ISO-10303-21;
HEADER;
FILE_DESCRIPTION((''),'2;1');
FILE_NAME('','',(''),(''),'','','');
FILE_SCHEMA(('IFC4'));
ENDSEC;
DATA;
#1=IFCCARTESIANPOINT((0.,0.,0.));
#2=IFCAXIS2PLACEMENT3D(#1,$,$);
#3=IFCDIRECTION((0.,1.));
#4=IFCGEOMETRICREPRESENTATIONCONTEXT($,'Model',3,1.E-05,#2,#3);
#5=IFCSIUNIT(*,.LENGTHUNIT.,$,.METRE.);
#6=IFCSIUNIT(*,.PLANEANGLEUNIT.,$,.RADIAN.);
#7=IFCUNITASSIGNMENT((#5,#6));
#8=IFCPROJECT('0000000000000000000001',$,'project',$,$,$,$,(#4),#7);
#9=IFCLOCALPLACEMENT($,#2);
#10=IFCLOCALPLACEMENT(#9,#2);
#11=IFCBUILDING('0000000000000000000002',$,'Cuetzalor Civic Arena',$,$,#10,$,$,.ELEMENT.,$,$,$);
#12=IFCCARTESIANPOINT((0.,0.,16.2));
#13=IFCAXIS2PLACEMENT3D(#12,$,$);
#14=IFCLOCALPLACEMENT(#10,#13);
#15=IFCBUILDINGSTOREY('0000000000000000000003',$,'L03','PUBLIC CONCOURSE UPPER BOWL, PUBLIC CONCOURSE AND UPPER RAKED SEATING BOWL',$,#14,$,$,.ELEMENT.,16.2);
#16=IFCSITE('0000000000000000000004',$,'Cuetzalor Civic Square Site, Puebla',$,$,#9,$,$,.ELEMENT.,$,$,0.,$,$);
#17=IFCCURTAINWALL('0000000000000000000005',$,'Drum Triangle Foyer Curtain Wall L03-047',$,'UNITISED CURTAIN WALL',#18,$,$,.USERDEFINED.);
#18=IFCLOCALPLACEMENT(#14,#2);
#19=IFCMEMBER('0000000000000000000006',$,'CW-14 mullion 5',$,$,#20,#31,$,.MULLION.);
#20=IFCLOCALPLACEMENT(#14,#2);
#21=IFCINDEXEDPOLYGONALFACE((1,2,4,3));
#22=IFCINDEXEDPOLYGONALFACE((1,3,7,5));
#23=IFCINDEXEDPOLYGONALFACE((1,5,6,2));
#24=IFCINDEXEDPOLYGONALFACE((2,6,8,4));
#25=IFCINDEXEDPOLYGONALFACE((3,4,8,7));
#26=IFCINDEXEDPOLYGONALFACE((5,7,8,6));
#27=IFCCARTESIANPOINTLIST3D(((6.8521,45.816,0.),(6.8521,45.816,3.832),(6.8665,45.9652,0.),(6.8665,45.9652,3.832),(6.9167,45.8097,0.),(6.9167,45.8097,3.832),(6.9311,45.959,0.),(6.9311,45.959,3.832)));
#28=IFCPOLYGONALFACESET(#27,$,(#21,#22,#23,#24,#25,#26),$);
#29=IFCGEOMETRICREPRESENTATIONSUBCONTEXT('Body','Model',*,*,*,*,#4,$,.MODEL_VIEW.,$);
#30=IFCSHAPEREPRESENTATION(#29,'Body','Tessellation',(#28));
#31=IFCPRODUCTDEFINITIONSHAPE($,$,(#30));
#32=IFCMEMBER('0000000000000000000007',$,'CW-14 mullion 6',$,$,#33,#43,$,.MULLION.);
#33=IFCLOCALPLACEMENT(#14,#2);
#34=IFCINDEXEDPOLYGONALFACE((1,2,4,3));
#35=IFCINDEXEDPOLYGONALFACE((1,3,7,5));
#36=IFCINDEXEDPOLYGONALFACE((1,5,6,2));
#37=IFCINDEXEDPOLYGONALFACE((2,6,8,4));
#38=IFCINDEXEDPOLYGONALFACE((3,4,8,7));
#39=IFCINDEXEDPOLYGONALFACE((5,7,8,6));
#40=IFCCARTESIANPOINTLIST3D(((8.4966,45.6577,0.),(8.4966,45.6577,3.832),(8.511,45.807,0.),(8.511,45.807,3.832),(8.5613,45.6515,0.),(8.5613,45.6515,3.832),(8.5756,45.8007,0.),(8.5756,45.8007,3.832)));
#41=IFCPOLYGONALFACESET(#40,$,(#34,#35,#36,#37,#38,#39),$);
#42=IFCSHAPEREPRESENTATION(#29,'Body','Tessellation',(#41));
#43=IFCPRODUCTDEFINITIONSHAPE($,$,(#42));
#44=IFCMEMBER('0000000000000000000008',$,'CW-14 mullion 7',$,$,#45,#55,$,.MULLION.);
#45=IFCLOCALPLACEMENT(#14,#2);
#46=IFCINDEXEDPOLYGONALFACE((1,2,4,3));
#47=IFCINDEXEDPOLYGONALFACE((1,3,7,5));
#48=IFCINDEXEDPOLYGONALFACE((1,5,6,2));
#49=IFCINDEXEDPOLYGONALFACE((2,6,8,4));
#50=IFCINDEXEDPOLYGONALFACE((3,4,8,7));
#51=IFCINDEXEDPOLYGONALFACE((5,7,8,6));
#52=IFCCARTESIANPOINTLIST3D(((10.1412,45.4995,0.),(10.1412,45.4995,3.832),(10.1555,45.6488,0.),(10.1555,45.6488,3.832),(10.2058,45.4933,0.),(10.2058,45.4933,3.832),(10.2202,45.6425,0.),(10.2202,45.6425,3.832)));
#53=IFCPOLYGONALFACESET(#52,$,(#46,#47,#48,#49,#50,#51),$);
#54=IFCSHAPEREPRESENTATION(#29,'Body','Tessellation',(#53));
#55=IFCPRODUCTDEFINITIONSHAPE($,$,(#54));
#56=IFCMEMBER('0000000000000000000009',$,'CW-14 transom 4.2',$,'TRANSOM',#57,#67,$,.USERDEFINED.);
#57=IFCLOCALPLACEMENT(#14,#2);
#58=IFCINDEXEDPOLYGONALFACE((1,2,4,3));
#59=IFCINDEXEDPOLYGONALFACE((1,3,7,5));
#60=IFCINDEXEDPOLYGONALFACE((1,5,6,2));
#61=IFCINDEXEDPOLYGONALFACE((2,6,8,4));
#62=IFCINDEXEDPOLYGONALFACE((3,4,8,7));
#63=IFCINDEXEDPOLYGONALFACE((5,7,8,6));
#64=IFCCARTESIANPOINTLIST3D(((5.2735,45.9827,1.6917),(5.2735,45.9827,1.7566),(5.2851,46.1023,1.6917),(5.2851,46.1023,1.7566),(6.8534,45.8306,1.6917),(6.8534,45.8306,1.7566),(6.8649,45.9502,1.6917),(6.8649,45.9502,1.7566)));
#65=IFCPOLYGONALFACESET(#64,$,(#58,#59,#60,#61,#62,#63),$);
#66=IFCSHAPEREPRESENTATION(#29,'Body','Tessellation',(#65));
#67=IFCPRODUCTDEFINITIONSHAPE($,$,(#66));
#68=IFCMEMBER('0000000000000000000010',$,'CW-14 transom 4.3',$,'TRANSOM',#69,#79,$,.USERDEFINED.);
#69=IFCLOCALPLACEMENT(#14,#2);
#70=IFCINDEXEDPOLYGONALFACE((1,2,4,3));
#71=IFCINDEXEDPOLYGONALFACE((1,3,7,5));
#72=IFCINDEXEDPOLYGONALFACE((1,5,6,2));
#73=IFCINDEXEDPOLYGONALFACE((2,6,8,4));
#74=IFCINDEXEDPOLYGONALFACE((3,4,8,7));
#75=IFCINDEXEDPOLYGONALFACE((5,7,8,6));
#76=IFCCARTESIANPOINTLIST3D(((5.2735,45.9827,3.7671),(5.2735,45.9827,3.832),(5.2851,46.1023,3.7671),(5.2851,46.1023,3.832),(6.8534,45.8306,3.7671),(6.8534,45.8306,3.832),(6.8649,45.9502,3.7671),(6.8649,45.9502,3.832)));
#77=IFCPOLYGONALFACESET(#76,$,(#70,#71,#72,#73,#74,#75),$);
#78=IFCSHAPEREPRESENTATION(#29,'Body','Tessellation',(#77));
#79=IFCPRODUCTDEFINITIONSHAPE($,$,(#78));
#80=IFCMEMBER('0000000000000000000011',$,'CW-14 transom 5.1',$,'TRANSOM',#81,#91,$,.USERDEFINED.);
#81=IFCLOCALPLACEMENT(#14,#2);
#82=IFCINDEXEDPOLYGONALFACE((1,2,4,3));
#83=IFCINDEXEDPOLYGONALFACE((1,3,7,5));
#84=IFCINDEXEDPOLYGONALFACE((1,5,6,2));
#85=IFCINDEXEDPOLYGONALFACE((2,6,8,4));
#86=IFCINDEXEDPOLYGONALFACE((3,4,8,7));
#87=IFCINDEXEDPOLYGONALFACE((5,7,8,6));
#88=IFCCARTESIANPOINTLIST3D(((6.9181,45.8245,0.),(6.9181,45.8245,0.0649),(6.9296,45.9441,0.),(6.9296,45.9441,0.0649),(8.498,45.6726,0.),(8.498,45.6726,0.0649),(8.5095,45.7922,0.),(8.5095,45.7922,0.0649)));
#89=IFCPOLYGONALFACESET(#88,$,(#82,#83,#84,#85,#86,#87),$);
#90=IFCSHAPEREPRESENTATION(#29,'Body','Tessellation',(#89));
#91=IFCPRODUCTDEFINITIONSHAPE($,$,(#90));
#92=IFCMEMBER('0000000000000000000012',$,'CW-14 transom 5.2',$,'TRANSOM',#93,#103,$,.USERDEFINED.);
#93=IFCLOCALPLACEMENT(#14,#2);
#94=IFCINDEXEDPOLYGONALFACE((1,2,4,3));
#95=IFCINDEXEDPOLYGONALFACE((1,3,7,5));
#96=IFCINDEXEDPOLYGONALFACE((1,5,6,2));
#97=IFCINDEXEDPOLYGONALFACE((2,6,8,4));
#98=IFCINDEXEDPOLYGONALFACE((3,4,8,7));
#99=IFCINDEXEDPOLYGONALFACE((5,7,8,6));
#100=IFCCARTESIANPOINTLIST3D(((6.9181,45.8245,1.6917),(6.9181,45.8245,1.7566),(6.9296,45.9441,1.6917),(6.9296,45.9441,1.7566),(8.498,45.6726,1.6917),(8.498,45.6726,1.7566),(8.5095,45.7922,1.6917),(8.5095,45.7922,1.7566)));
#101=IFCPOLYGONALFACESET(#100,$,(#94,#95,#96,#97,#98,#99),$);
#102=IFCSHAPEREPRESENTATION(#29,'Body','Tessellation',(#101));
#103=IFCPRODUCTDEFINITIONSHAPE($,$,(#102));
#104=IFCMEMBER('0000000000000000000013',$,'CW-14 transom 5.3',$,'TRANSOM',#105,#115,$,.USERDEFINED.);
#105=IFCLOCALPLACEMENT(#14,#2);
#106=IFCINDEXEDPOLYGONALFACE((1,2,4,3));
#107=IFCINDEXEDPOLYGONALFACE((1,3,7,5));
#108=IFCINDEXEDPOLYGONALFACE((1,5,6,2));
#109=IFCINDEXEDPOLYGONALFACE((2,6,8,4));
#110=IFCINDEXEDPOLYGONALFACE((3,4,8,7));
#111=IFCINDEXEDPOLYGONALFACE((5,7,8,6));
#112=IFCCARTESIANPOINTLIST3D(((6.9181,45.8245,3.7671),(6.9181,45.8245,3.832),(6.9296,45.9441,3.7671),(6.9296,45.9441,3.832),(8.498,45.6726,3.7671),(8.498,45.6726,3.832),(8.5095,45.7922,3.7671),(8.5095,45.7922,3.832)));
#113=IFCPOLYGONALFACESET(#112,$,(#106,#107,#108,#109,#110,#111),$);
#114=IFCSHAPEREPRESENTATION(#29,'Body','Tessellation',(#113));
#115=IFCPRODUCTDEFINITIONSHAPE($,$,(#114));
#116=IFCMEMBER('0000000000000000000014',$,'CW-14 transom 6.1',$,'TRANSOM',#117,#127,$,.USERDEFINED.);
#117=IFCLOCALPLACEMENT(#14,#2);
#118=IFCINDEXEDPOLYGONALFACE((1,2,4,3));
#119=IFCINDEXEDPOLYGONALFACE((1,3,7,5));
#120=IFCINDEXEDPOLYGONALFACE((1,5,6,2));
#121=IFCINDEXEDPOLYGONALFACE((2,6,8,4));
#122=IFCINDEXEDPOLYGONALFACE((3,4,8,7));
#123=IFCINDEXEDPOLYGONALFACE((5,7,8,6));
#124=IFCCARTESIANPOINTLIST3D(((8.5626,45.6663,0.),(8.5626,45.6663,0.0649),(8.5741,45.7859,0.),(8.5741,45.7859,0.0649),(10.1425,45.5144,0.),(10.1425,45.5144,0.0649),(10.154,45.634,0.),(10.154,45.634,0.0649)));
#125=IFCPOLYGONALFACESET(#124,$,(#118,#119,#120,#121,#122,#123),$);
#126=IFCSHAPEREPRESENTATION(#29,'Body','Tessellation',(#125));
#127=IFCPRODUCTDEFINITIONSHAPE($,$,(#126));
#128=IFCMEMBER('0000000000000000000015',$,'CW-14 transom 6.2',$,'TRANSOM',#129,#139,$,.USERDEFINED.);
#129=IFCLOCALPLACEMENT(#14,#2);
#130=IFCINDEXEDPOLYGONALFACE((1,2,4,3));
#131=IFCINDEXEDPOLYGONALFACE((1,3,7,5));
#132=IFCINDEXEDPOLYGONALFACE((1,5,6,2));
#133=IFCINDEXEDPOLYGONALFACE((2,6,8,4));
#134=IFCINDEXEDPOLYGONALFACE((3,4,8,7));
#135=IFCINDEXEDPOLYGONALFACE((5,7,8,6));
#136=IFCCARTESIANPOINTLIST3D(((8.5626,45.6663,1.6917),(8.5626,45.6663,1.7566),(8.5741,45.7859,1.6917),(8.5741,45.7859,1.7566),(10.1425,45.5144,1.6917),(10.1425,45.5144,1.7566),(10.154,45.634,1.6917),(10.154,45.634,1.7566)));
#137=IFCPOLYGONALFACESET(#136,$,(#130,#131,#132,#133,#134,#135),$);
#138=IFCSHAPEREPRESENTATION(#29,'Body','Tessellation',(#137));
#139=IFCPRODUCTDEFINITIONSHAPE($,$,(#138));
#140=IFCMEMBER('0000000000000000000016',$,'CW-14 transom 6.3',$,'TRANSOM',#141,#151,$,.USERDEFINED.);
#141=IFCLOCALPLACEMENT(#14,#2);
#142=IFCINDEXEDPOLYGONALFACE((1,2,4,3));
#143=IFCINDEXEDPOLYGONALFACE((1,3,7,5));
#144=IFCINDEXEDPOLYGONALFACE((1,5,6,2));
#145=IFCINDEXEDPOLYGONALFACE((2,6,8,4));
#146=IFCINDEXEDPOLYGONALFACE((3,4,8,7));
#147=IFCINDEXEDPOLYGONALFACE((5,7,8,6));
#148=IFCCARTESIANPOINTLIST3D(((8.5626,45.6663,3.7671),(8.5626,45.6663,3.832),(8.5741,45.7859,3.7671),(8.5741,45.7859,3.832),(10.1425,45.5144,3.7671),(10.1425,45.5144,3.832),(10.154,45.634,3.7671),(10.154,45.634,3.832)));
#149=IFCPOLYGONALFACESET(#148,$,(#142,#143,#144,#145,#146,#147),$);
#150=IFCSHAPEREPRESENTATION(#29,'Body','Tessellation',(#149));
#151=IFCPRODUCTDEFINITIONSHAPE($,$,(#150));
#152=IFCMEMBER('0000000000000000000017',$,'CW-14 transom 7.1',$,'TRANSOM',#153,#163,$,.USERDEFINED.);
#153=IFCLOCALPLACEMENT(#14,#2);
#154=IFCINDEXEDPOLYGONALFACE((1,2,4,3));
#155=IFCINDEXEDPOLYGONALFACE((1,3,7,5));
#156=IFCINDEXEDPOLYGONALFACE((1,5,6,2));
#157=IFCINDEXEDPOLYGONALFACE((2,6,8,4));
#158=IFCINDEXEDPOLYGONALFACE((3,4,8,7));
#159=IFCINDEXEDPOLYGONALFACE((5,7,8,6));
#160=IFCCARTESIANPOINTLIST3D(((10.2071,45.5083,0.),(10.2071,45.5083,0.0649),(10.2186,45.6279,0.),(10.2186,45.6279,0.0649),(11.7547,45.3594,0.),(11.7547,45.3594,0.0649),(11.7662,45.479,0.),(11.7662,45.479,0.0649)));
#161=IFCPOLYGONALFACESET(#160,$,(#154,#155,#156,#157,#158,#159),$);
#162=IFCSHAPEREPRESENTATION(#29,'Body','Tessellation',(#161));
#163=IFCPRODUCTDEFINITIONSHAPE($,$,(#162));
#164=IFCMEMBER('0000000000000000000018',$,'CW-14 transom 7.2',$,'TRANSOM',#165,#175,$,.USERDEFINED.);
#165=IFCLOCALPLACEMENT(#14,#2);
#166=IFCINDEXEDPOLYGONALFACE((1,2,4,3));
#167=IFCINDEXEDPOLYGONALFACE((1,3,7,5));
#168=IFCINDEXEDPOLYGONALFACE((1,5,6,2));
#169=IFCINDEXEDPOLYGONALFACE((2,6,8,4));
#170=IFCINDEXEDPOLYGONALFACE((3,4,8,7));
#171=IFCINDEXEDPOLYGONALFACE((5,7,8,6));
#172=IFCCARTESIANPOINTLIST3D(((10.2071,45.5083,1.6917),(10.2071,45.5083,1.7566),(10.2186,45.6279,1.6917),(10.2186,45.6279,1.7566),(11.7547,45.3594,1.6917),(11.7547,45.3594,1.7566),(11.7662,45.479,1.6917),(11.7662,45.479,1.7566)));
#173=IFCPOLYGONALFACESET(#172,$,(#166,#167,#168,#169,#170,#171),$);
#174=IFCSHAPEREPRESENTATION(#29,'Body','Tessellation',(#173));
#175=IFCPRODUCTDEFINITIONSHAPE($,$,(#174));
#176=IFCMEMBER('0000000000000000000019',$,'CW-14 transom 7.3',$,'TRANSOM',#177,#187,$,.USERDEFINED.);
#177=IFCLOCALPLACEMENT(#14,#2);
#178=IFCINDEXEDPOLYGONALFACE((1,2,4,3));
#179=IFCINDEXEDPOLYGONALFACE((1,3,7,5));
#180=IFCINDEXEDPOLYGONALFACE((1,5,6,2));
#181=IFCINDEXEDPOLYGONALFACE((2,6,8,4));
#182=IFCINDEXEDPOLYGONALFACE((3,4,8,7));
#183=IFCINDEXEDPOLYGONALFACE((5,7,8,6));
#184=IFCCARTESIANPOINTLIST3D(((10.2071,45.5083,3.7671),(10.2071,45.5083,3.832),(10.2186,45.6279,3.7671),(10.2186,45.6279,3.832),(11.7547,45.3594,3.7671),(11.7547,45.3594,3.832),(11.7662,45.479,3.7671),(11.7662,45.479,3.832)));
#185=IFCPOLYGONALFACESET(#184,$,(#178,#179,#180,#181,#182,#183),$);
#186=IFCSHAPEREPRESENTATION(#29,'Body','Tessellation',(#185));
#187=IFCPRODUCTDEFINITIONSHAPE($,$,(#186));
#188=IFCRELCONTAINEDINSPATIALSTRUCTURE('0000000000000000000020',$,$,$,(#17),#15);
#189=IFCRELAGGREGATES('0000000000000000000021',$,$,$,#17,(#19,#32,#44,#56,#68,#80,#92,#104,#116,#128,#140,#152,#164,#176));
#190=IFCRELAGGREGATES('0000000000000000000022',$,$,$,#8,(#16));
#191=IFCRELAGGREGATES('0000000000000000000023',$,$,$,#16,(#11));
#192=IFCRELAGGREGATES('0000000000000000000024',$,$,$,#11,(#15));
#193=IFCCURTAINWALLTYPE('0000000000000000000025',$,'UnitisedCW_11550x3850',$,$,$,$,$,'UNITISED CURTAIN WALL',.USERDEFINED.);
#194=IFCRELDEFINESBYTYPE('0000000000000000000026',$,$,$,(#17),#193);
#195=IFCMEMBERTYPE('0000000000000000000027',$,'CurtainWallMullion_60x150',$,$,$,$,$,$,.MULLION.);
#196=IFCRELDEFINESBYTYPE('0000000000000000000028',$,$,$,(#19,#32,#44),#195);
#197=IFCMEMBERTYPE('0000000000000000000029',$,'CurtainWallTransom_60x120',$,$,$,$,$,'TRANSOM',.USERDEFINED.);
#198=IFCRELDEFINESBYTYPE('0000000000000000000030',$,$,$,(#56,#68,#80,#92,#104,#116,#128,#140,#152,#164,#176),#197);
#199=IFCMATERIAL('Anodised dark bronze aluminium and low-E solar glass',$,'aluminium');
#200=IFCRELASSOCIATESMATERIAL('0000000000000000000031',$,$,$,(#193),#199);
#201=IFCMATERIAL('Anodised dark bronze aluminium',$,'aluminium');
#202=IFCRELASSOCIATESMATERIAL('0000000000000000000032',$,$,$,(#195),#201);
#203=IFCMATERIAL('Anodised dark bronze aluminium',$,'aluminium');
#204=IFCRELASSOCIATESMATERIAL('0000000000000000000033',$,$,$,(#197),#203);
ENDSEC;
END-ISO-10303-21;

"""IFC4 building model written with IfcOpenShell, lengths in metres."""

from ifc_helpers import new_model, si_unit, direction, frame, origin, origin_2d, place, context, subcontext, project, spatial, rectangle, extrude, material, material_profile, profile_set, type_object, element, aggregate, save


model = new_model("IFC4")

# Units and contexts
model_context = context("Model", 3, precision=1e-05, world=origin(), true_north=direction((0.0, 1.0)))
body_context = subcontext(model_context, "Body", "Model", "MODEL_VIEW")
ifc_project = project(units=[si_unit("LENGTHUNIT", "METRE"), si_unit("PLANEANGLEUNIT", "RADIAN")], contexts=[model_context])

# Site, building, storey
site_placement = place(None, origin())
site = spatial("IfcSite", under=ifc_project, at=site_placement, Name="Cuetzalor Civic Square Site, Puebla", CompositionType="ELEMENT", RefElevation=0.0)
building_placement = place(site_placement, origin())
building = spatial("IfcBuilding", under=site, at=building_placement, Name="Cuetzalor Civic Arena", CompositionType="ELEMENT")
storey_placement = place(building_placement, frame((0.0, 0.0, 16.2)))
storey = spatial("IfcBuildingStorey", under=building, at=storey_placement, Name="L03", Description="PUBLIC CONCOURSE UPPER BOWL, PUBLIC CONCOURSE AND UPPER RAKED SEATING BOWL", CompositionType="ELEMENT", Elevation=16.2)

# Curtain wall, members
ifc_material_1 = material(Name="Anodised dark bronze aluminium and low-E solar glass", Category="aluminium")
curtain_wall_type = type_object("IfcCurtainWallType", Name="UnitisedCW_11550x3850", ElementType="UNITISED CURTAIN WALL", PredefinedType="USERDEFINED", material=ifc_material_1)
curtain_wall_placement = place(storey_placement, origin())
curtain_wall = element("IfcCurtainWall", 1, at=curtain_wall_placement, inside=storey, type_object=curtain_wall_type, Name="Drum Triangle Foyer Curtain Wall L03-047", ObjectType="UNITISED CURTAIN WALL", PredefinedType="USERDEFINED")
ifc_material_2 = material(Name="Anodised dark bronze aluminium", Category="aluminium")
ifc_material_profile_1 = material_profile(ifc_material_2, rectangle(XDim=0.0649, YDim=0.1499, at=origin_2d()), Name="ALU MULLION 65x150")
ifc_profile_set_1 = profile_set([ifc_material_profile_1], Name="Anodised dark bronze aluminium")
member_type_1 = type_object("IfcMemberType", Name="CurtainWallMullion_60x150", PredefinedType="MULLION", material=ifc_profile_set_1)
member_1_placement = place(storey_placement, frame((6.8916, 45.8875, 0.0), z_axis=(0.0, 0.0, 1.0), x_axis=(0.995409, -0.095711, 0.0)))
member_1 = element("IfcMember", 2, at=member_1_placement, type_object=member_type_1, Name="CW-14 mullion 5", PredefinedType="MULLION", context=body_context, shape_type="SweptSolid", body=[
    extrude(rectangle(XDim=0.0649, YDim=0.1499, at=origin_2d()), origin(), (0.0, 0.0, 1.0), 3.832),
])
member_2_placement = place(storey_placement, frame((8.5361, 45.7292, 0.0), z_axis=(0.0, 0.0, 1.0), x_axis=(0.995409, -0.095711, 0.0)))
member_2 = element("IfcMember", 3, at=member_2_placement, type_object=member_type_1, Name="CW-14 mullion 6", PredefinedType="MULLION", context=body_context, shape_type="SweptSolid", body=[
    extrude(rectangle(XDim=0.0649, YDim=0.1499, at=origin_2d()), origin(), (0.0, 0.0, 1.0), 3.832),
])
member_3_placement = place(storey_placement, frame((10.1807, 45.571, 0.0), z_axis=(0.0, 0.0, 1.0), x_axis=(0.995409, -0.095711, 0.0)))
member_3 = element("IfcMember", 4, at=member_3_placement, type_object=member_type_1, Name="CW-14 mullion 7", PredefinedType="MULLION", context=body_context, shape_type="SweptSolid", body=[
    extrude(rectangle(XDim=0.0649, YDim=0.1499, at=origin_2d()), origin(), (0.0, 0.0, 1.0), 3.832),
])
ifc_material_3 = material(Name="Anodised dark bronze aluminium", Category="aluminium")
ifc_material_profile_2 = material_profile(ifc_material_3, rectangle(XDim=0.1201, YDim=0.0649, at=origin_2d()), Name="ALU TRANSOM 65x120")
ifc_profile_set_2 = profile_set([ifc_material_profile_2], Name="Anodised dark bronze aluminium")
member_type_2 = type_object("IfcMemberType", Name="CurtainWallTransom_60x120", ElementType="TRANSOM", PredefinedType="USERDEFINED", material=ifc_profile_set_2)
member_4_placement = place(storey_placement, frame((5.2793, 46.0425, 1.7241), z_axis=(0.995397, -0.095833, 0.0), x_axis=(0.095833, 0.995397, 0.0)))
member_4 = element("IfcMember", 5, at=member_4_placement, type_object=member_type_2, Name="CW-14 transom 4.2", ObjectType="TRANSOM", PredefinedType="USERDEFINED", context=body_context, shape_type="SweptSolid", body=[
    extrude(rectangle(XDim=0.1201, YDim=0.0649, at=origin_2d()), origin(), (0.0, 0.0, 1.0), 1.5872),
])
member_5_placement = place(storey_placement, frame((5.2793, 46.0425, 3.7996), z_axis=(0.995397, -0.095833, 0.0), x_axis=(0.095833, 0.995397, 0.0)))
member_5 = element("IfcMember", 6, at=member_5_placement, type_object=member_type_2, Name="CW-14 transom 4.3", ObjectType="TRANSOM", PredefinedType="USERDEFINED", context=body_context, shape_type="SweptSolid", body=[
    extrude(rectangle(XDim=0.1201, YDim=0.0649, at=origin_2d()), origin(), (0.0, 0.0, 1.0), 1.5872),
])
member_6_placement = place(storey_placement, frame((6.9238, 45.8843, 0.0325), z_axis=(0.995412, -0.09568, 0.0), x_axis=(0.09568, 0.995412, 0.0)))
member_6 = element("IfcMember", 7, at=member_6_placement, type_object=member_type_2, Name="CW-14 transom 5.1", ObjectType="TRANSOM", PredefinedType="USERDEFINED", context=body_context, shape_type="SweptSolid", body=[
    extrude(rectangle(XDim=0.1201, YDim=0.0649, at=origin_2d()), origin(), (0.0, 0.0, 1.0), 1.5872),
])
member_7_placement = place(storey_placement, frame((6.9238, 45.8843, 1.7241), z_axis=(0.995412, -0.09568, 0.0), x_axis=(0.09568, 0.995412, 0.0)))
member_7 = element("IfcMember", 8, at=member_7_placement, type_object=member_type_2, Name="CW-14 transom 5.2", ObjectType="TRANSOM", PredefinedType="USERDEFINED", context=body_context, shape_type="SweptSolid", body=[
    extrude(rectangle(XDim=0.1201, YDim=0.0649, at=origin_2d()), origin(), (0.0, 0.0, 1.0), 1.5872),
])
member_8_placement = place(storey_placement, frame((6.9238, 45.8843, 3.7996), z_axis=(0.995412, -0.09568, 0.0), x_axis=(0.09568, 0.995412, 0.0)))
member_8 = element("IfcMember", 9, at=member_8_placement, type_object=member_type_2, Name="CW-14 transom 5.3", ObjectType="TRANSOM", PredefinedType="USERDEFINED", context=body_context, shape_type="SweptSolid", body=[
    extrude(rectangle(XDim=0.1201, YDim=0.0649, at=origin_2d()), origin(), (0.0, 0.0, 1.0), 1.5872),
])
member_9_placement = place(storey_placement, frame((8.5684, 45.7261, 0.0325), z_axis=(0.995412, -0.09568, 0.0), x_axis=(0.09568, 0.995412, 0.0)))
member_9 = element("IfcMember", 10, at=member_9_placement, type_object=member_type_2, Name="CW-14 transom 6.1", ObjectType="TRANSOM", PredefinedType="USERDEFINED", context=body_context, shape_type="SweptSolid", body=[
    extrude(rectangle(XDim=0.1201, YDim=0.0649, at=origin_2d()), origin(), (0.0, 0.0, 1.0), 1.5872),
])
member_10_placement = place(storey_placement, frame((8.5684, 45.7261, 1.7241), z_axis=(0.995412, -0.09568, 0.0), x_axis=(0.09568, 0.995412, 0.0)))
member_10 = element("IfcMember", 11, at=member_10_placement, type_object=member_type_2, Name="CW-14 transom 6.2", ObjectType="TRANSOM", PredefinedType="USERDEFINED", context=body_context, shape_type="SweptSolid", body=[
    extrude(rectangle(XDim=0.1201, YDim=0.0649, at=origin_2d()), origin(), (0.0, 0.0, 1.0), 1.5872),
])
member_11_placement = place(storey_placement, frame((8.5684, 45.7261, 3.7996), z_axis=(0.995412, -0.09568, 0.0), x_axis=(0.09568, 0.995412, 0.0)))
member_11 = element("IfcMember", 12, at=member_11_placement, type_object=member_type_2, Name="CW-14 transom 6.3", ObjectType="TRANSOM", PredefinedType="USERDEFINED", context=body_context, shape_type="SweptSolid", body=[
    extrude(rectangle(XDim=0.1201, YDim=0.0649, at=origin_2d()), origin(), (0.0, 0.0, 1.0), 1.5872),
])
member_12_placement = place(storey_placement, frame((10.2129, 45.5681, 0.0325), z_axis=(0.995402, -0.095787, 0.0), x_axis=(0.095787, 0.995402, 0.0)))
member_12 = element("IfcMember", 13, at=member_12_placement, type_object=member_type_2, Name="CW-14 transom 7.1", ObjectType="TRANSOM", PredefinedType="USERDEFINED", context=body_context, shape_type="SweptSolid", body=[
    extrude(rectangle(XDim=0.1201, YDim=0.0649, at=origin_2d()), origin(), (0.0, 0.0, 1.0), 1.5547),
])
member_13_placement = place(storey_placement, frame((10.2129, 45.5681, 1.7241), z_axis=(0.995402, -0.095787, 0.0), x_axis=(0.095787, 0.995402, 0.0)))
member_13 = element("IfcMember", 14, at=member_13_placement, type_object=member_type_2, Name="CW-14 transom 7.2", ObjectType="TRANSOM", PredefinedType="USERDEFINED", context=body_context, shape_type="SweptSolid", body=[
    extrude(rectangle(XDim=0.1201, YDim=0.0649, at=origin_2d()), origin(), (0.0, 0.0, 1.0), 1.5547),
])
member_14_placement = place(storey_placement, frame((10.2129, 45.5681, 3.7996), z_axis=(0.995402, -0.095787, 0.0), x_axis=(0.095787, 0.995402, 0.0)))
member_14 = element("IfcMember", 15, at=member_14_placement, type_object=member_type_2, Name="CW-14 transom 7.3", ObjectType="TRANSOM", PredefinedType="USERDEFINED", context=body_context, shape_type="SweptSolid", body=[
    extrude(rectangle(XDim=0.1201, YDim=0.0649, at=origin_2d()), origin(), (0.0, 0.0, 1.0), 1.5547),
])
aggregate(curtain_wall, [member_1, member_2, member_3, member_4, member_5, member_6, member_7, member_8, member_9, member_10, member_11, member_12, member_13, member_14])

save(model, "model.ifc")
